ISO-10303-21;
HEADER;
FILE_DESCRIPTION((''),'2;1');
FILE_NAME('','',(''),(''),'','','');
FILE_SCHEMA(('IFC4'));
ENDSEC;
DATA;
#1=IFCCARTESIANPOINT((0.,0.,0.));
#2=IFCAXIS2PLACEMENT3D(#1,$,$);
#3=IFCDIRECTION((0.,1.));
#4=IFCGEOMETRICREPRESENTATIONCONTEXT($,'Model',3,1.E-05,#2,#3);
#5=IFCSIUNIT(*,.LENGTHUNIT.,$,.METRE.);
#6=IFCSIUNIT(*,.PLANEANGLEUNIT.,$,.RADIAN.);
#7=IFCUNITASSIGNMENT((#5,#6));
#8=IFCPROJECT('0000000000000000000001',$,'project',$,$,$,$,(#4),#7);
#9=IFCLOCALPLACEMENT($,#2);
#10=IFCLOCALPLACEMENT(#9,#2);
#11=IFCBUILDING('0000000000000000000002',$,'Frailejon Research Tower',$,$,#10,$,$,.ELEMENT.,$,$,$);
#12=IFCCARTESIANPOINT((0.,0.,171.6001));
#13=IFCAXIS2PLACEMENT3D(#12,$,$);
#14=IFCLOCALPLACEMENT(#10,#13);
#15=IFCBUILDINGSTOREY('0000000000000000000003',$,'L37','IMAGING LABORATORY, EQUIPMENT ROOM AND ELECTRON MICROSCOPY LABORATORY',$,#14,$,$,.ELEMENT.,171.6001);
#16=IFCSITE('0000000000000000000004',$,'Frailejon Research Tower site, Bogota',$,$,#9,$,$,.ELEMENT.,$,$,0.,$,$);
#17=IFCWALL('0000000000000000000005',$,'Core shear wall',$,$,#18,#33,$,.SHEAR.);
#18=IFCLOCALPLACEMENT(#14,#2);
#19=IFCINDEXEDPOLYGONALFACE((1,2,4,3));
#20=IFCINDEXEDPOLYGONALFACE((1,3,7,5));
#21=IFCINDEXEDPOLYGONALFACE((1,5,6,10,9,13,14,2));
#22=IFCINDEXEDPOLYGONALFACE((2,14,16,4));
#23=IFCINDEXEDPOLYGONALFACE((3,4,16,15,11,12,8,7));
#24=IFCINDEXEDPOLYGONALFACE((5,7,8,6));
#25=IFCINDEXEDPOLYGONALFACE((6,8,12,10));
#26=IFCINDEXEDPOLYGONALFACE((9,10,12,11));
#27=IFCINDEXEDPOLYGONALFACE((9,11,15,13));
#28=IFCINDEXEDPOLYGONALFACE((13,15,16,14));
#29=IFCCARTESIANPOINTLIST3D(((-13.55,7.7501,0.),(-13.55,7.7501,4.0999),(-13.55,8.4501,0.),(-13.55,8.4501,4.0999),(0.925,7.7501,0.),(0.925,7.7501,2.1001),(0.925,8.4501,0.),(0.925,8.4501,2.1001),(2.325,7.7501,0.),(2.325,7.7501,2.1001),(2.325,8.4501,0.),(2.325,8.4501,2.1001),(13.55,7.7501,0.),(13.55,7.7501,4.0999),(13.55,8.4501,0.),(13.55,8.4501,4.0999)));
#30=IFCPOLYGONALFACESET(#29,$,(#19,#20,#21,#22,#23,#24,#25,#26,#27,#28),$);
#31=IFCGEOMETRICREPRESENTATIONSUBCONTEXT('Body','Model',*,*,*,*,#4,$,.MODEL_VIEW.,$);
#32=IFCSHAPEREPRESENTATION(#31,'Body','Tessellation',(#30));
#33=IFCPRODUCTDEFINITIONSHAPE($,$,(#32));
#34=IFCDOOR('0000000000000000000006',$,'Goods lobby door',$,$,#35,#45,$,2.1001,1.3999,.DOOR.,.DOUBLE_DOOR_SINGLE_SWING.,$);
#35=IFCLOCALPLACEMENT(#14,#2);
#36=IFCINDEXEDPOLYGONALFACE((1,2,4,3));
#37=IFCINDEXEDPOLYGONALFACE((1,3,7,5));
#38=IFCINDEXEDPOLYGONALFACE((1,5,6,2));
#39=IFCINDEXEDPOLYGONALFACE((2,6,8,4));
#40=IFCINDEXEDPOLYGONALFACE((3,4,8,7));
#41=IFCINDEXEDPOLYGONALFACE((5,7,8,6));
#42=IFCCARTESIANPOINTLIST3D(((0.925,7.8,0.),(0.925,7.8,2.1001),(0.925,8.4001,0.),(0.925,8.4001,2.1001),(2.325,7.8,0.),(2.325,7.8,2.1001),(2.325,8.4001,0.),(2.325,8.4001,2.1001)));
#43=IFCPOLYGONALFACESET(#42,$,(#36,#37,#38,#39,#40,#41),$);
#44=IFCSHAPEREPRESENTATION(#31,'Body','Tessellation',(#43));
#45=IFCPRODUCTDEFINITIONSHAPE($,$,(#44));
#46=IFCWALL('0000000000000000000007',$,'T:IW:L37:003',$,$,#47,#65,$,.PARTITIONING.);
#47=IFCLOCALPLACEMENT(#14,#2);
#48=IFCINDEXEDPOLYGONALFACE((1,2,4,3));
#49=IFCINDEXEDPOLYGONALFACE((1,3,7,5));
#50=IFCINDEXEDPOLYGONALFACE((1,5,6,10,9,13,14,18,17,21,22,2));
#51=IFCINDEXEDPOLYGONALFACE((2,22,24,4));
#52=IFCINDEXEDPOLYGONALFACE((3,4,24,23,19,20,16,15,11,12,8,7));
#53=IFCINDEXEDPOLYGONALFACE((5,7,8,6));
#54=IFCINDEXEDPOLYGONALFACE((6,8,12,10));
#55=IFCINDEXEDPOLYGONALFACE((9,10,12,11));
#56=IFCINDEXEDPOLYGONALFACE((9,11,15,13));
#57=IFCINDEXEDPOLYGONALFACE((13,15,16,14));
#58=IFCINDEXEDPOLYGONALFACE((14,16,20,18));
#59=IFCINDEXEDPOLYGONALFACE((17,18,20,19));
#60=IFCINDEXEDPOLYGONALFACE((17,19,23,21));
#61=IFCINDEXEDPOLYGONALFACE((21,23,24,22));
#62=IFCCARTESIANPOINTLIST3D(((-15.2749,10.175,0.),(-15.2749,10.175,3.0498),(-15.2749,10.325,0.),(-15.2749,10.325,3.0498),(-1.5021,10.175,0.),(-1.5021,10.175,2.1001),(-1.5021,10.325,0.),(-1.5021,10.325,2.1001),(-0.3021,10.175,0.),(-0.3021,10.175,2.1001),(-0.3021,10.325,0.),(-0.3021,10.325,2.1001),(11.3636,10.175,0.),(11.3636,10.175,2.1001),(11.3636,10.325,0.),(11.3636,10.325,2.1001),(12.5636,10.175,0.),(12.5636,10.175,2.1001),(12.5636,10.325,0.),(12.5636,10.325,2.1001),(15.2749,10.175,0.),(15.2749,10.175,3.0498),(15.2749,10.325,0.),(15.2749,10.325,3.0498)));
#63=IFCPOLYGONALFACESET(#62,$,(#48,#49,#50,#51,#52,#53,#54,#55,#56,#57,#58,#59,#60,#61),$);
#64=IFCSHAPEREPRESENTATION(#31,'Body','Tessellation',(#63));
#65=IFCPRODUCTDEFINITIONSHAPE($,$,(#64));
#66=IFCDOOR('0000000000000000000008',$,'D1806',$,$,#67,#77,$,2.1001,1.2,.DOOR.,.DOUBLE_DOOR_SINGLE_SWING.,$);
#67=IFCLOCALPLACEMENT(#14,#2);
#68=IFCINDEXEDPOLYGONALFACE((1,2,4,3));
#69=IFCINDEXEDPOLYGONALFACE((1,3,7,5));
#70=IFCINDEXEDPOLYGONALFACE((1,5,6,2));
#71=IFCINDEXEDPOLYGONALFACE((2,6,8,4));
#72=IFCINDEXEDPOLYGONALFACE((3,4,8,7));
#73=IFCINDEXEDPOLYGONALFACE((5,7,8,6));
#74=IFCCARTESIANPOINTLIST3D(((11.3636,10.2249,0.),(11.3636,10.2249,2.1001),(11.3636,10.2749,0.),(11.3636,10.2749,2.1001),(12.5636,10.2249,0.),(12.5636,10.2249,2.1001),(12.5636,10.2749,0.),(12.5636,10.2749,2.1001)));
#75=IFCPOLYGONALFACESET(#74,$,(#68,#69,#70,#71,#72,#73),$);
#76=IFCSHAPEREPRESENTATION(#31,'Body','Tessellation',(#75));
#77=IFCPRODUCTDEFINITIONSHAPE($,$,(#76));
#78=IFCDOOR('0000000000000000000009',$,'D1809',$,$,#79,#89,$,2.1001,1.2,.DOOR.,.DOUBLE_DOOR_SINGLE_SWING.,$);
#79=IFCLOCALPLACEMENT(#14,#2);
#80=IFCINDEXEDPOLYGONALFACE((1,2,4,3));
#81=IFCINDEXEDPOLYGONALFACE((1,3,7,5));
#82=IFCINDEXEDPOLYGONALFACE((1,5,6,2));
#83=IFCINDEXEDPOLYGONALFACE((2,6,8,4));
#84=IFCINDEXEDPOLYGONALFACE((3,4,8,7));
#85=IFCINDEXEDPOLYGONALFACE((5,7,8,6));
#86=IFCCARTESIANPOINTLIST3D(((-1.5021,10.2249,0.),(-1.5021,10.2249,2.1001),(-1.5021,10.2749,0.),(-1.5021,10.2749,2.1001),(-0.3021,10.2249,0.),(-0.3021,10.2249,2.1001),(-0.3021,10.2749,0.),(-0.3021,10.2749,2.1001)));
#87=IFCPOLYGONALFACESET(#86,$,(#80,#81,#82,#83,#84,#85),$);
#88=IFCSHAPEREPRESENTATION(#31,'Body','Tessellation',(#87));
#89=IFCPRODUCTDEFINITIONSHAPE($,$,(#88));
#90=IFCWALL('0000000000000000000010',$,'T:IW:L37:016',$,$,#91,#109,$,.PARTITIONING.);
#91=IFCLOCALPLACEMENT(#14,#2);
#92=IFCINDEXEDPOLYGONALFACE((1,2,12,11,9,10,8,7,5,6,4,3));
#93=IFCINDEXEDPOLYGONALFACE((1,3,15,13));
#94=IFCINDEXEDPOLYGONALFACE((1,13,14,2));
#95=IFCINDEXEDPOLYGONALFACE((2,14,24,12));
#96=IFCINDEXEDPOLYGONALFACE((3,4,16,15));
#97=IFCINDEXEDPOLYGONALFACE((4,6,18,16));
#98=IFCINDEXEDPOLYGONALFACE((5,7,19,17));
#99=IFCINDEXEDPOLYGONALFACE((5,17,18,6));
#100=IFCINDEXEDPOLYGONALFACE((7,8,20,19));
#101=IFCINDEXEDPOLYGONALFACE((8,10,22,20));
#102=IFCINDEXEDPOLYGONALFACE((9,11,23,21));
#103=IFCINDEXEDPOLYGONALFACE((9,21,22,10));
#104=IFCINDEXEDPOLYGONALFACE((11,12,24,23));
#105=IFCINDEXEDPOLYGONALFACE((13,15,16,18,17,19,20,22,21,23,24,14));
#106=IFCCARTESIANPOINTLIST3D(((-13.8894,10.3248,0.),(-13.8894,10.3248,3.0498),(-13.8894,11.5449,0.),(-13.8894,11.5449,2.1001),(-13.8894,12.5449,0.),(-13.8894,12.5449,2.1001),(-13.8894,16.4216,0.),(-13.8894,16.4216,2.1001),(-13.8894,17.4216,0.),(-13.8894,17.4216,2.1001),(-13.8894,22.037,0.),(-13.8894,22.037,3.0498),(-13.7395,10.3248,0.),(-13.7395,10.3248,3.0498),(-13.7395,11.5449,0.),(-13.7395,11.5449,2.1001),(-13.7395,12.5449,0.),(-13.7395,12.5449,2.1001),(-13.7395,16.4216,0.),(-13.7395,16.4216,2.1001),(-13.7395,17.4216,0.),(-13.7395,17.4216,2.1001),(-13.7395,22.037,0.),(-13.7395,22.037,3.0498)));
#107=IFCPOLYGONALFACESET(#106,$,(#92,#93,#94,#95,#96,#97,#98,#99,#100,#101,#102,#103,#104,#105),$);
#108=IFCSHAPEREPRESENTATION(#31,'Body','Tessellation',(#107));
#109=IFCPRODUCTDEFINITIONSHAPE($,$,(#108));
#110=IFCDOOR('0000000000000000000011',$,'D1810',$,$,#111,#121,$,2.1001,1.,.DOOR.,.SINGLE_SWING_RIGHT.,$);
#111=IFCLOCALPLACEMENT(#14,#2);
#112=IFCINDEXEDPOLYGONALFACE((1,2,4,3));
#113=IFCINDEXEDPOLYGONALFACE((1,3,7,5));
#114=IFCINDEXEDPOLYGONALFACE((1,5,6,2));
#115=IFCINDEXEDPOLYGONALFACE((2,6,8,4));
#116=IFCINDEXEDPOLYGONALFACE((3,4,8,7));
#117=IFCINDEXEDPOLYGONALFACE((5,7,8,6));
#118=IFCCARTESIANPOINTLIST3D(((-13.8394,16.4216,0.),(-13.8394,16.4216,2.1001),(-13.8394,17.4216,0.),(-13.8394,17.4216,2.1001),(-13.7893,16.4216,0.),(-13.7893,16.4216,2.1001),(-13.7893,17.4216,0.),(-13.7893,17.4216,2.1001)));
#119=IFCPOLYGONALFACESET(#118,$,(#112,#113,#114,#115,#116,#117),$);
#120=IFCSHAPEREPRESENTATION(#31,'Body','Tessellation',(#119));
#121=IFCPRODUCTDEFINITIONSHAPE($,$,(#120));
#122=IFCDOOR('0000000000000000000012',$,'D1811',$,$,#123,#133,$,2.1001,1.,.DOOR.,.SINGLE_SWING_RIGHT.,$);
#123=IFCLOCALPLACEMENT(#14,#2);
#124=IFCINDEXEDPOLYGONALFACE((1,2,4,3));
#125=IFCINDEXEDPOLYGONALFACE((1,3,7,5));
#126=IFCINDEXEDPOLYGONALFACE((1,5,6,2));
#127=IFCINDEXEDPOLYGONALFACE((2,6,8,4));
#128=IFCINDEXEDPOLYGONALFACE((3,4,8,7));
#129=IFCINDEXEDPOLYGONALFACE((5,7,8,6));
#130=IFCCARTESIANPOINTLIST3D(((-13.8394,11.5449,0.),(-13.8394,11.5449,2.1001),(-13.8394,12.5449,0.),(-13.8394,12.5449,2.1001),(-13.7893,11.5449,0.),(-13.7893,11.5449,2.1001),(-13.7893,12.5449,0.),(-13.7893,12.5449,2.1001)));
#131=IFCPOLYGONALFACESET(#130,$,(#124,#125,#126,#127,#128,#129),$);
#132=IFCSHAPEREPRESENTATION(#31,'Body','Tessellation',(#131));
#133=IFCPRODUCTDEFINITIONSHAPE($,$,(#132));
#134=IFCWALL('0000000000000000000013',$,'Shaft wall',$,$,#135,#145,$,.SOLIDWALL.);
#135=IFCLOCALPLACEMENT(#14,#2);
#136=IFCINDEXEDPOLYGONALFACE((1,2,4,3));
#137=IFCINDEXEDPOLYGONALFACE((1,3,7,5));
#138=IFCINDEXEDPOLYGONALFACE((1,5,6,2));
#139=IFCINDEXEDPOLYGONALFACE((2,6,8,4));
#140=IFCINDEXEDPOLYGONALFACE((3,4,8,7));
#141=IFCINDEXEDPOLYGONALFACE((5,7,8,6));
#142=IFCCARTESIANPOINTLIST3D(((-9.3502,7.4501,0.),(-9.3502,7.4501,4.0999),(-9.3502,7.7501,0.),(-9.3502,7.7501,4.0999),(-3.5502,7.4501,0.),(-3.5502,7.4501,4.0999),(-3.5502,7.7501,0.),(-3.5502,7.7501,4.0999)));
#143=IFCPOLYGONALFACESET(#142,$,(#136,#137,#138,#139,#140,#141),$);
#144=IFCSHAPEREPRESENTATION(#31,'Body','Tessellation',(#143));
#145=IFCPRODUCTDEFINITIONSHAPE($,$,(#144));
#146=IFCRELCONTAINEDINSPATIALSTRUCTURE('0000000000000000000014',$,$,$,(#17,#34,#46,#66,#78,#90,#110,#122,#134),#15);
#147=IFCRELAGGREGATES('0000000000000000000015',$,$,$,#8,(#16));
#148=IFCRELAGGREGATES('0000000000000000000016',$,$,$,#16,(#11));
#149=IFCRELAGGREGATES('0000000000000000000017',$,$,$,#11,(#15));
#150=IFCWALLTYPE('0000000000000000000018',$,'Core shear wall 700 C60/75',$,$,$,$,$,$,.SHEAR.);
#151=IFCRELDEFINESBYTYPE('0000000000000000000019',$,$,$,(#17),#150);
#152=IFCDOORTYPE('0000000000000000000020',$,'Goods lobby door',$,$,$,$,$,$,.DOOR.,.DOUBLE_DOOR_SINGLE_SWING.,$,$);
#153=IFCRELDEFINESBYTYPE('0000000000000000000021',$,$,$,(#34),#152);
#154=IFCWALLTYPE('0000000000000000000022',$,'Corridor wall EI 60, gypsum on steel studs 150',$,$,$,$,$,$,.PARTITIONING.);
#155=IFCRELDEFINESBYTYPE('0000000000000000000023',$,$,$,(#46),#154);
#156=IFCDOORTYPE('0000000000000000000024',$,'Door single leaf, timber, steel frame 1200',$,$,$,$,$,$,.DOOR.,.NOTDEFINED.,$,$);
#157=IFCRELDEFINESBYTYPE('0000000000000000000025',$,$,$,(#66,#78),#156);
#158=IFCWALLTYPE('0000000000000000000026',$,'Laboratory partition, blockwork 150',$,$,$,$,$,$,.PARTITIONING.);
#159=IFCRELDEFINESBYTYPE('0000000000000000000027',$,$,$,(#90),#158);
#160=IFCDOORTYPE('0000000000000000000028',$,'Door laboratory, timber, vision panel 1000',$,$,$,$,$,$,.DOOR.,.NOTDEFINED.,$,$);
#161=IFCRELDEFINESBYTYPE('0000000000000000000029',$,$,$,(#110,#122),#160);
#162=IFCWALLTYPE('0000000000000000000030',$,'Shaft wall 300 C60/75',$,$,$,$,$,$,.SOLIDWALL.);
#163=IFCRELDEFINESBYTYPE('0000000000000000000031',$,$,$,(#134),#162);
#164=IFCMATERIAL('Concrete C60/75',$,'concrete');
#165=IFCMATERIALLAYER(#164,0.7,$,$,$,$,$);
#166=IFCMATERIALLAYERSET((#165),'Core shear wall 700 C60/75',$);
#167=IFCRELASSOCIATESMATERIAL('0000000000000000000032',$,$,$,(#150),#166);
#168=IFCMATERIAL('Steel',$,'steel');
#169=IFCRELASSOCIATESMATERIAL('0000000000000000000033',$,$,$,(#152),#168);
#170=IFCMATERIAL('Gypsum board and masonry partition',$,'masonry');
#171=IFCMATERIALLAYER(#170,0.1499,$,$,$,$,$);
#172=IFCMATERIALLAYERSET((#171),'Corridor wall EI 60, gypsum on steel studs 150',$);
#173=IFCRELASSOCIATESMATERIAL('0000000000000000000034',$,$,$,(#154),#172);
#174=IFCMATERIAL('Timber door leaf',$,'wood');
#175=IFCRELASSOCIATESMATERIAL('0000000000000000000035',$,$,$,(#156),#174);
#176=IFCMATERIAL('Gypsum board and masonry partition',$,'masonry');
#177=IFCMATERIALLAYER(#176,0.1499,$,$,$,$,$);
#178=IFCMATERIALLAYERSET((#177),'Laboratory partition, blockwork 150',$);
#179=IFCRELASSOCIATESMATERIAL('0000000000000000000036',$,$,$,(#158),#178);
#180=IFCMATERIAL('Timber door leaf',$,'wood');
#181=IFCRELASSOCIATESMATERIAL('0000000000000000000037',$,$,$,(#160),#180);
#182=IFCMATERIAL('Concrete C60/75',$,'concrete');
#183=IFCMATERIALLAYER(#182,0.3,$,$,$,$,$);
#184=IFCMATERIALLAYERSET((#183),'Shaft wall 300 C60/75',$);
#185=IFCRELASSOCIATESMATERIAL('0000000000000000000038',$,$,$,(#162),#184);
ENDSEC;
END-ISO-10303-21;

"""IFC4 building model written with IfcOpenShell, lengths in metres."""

from ifc_helpers import new_model, si_unit, direction, frame, frame_2d, origin, place, context, subcontext, project, spatial, rectangle, extrude, material, layer, layer_set, type_object, element, fill, save


model = new_model("IFC4")

# Units and contexts
model_context = context("Model", 3, precision=1e-05, world=origin(), true_north=direction((0.0, 1.0)))
body_context = subcontext(model_context, "Body", "Model", "MODEL_VIEW")
ifc_project = project(units=[si_unit("LENGTHUNIT", "METRE"), si_unit("PLANEANGLEUNIT", "RADIAN")], contexts=[model_context])

# Site, building, storey
site_placement = place(None, origin())
site = spatial("IfcSite", under=ifc_project, at=site_placement, Name="Frailejon Research Tower site, Bogota", CompositionType="ELEMENT", RefElevation=0.0)
building_placement = place(site_placement, origin())
building = spatial("IfcBuilding", under=site, at=building_placement, Name="Frailejon Research Tower", CompositionType="ELEMENT")
storey_placement = place(building_placement, frame((0.0, 0.0, 171.6001)))
storey = spatial("IfcBuildingStorey", under=building, at=storey_placement, Name="L37", Description="IMAGING LABORATORY, EQUIPMENT ROOM AND ELECTRON MICROSCOPY LABORATORY", CompositionType="ELEMENT", Elevation=171.6001)

# Wall, opening, door
ifc_material_1 = material(Name="Concrete C60/75", Category="concrete")
ifc_layer_1 = layer(ifc_material_1, 0.7)
ifc_layer_set_1 = layer_set([ifc_layer_1], Name="Core shear wall 700 C60/75")
wall_type_1 = type_object("IfcWallType", Name="Core shear wall 700 C60/75", PredefinedType="SHEAR", material=ifc_layer_set_1)
wall_1_placement = place(storey_placement, frame((-13.55, 8.1001, 0.0), z_axis=(0.0, 0.0, 1.0), x_axis=(1.0, 0.0, 0.0)))
wall_1 = element("IfcWall", 1, at=wall_1_placement, inside=storey, type_object=wall_type_1, Name="Core shear wall", PredefinedType="SHEAR", context=body_context, shape_type="SweptSolid", body=[
    extrude(rectangle(XDim=27.1001, YDim=0.7, at=frame_2d((13.55, 0.0))), origin(), (0.0, 0.0, 1.0), 4.0999),
])
opening_1_placement = place(wall_1_placement, frame((14.4751, 0.0, 0.0)))
opening_1 = element("IfcOpeningElement", 2, at=opening_1_placement, cuts=wall_1, PredefinedType="OPENING", context=body_context, shape_type="SweptSolid", body=[
    extrude(rectangle(XDim=1.3999, YDim=2.1001, at=frame_2d((0.7, 1.05))), frame((0.0, 0.3599, 0.0), z_axis=(0.0, -1.0, 0.0), x_axis=(1.0, 0.0, 0.0)), (0.0, 0.0, 1.0), 0.72),
])
ifc_material_2 = material(Name="Steel", Category="steel")
door_type_1 = type_object("IfcDoorType", Name="Goods lobby door", OperationType="DOUBLE_DOOR_SINGLE_SWING", PredefinedType="DOOR", material=ifc_material_2)
door_1_placement = place(opening_1_placement, origin())
door_1 = element("IfcDoor", 3, at=door_1_placement, inside=storey, type_object=door_type_1, Name="Goods lobby door", OperationType="DOUBLE_DOOR_SINGLE_SWING", OverallHeight=2.1001, OverallWidth=1.3999, PredefinedType="DOOR", context=body_context, shape_type="SweptSolid", body=[
    extrude(rectangle(XDim=1.3999, YDim=2.1001, at=frame_2d((0.7, 1.05))), frame((0.0, 0.3, 0.0), z_axis=(0.0, -1.0, 0.0), x_axis=(1.0, 0.0, 0.0)), (0.0, 0.0, 1.0), 0.6001),
])
fill(opening_1, door_1)

# Walls, openings, doors
ifc_material_3 = material(Name="Gypsum board and masonry partition", Category="masonry")
ifc_layer_2 = layer(ifc_material_3, 0.1499)
ifc_layer_set_2 = layer_set([ifc_layer_2], Name="Corridor wall EI 60, gypsum on steel studs 150")
wall_type_2 = type_object("IfcWallType", Name="Corridor wall EI 60, gypsum on steel studs 150", PredefinedType="PARTITIONING", material=ifc_layer_set_2)
wall_2_placement = place(storey_placement, frame((-15.2749, 10.25, 0.0), z_axis=(0.0, 0.0, 1.0), x_axis=(1.0, 0.0, 0.0)))
wall_2 = element("IfcWall", 4, at=wall_2_placement, inside=storey, type_object=wall_type_2, Name="T:IW:L37:003", PredefinedType="PARTITIONING", context=body_context, shape_type="SweptSolid", body=[
    extrude(rectangle(XDim=30.5498, YDim=0.1499, at=frame_2d((15.2749, 0.0))), origin(), (0.0, 0.0, 1.0), 3.0498),
])
opening_2_placement = place(wall_2_placement, frame((26.6384, 0.0, 0.0)))
opening_2 = element("IfcOpeningElement", 5, at=opening_2_placement, cuts=wall_2, PredefinedType="OPENING", context=body_context, shape_type="SweptSolid", body=[
    extrude(rectangle(XDim=1.2, YDim=2.1001, at=frame_2d((0.6001, 1.05))), frame((0.0, 0.085, 0.0), z_axis=(0.0, -1.0, 0.0), x_axis=(1.0, 0.0, 0.0)), (0.0, 0.0, 1.0), 0.1699),
])
opening_3_placement = place(wall_2_placement, frame((13.7727, 0.0, 0.0)))
opening_3 = element("IfcOpeningElement", 6, at=opening_3_placement, cuts=wall_2, PredefinedType="OPENING", context=body_context, shape_type="SweptSolid", body=[
    extrude(rectangle(XDim=1.2, YDim=2.1001, at=frame_2d((0.6001, 1.05))), frame((0.0, 0.085, 0.0), z_axis=(0.0, -1.0, 0.0), x_axis=(1.0, 0.0, 0.0)), (0.0, 0.0, 1.0), 0.1699),
])
ifc_material_4 = material(Name="Timber door leaf", Category="wood")
door_type_2 = type_object("IfcDoorType", Name="Door single leaf, timber, steel frame 1200", OperationType="NOTDEFINED", PredefinedType="DOOR", material=ifc_material_4)
door_2_placement = place(opening_2_placement, origin())
door_2 = element("IfcDoor", 7, at=door_2_placement, inside=storey, type_object=door_type_2, Name="D1806", OperationType="DOUBLE_DOOR_SINGLE_SWING", OverallHeight=2.1001, OverallWidth=1.2, PredefinedType="DOOR", context=body_context, shape_type="SweptSolid", body=[
    extrude(rectangle(XDim=1.2, YDim=2.1001, at=frame_2d((0.6001, 1.05))), frame((0.0, 0.0249, 0.0), z_axis=(0.0, -1.0, 0.0), x_axis=(1.0, 0.0, 0.0)), (0.0, 0.0, 1.0), 0.05),
])
fill(opening_2, door_2)
door_3_placement = place(opening_3_placement, origin())
door_3 = element("IfcDoor", 8, at=door_3_placement, inside=storey, type_object=door_type_2, Name="D1809", OperationType="DOUBLE_DOOR_SINGLE_SWING", OverallHeight=2.1001, OverallWidth=1.2, PredefinedType="DOOR", context=body_context, shape_type="SweptSolid", body=[
    extrude(rectangle(XDim=1.2, YDim=2.1001, at=frame_2d((0.6001, 1.05))), frame((0.0, 0.0249, 0.0), z_axis=(0.0, -1.0, 0.0), x_axis=(1.0, 0.0, 0.0)), (0.0, 0.0, 1.0), 0.05),
])
fill(opening_3, door_3)
ifc_material_5 = material(Name="Gypsum board and masonry partition", Category="masonry")
ifc_layer_3 = layer(ifc_material_5, 0.1499)
ifc_layer_set_3 = layer_set([ifc_layer_3], Name="Laboratory partition, blockwork 150")
wall_type_3 = type_object("IfcWallType", Name="Laboratory partition, blockwork 150", PredefinedType="PARTITIONING", material=ifc_layer_set_3)
wall_3_placement = place(storey_placement, frame((-13.8145, 10.325, 0.0), z_axis=(0.0, 0.0, 1.0), x_axis=(0.0, 1.0, 0.0)))
wall_3 = element("IfcWall", 9, at=wall_3_placement, inside=storey, type_object=wall_type_3, Name="T:IW:L37:016", PredefinedType="PARTITIONING", context=body_context, shape_type="SweptSolid", body=[
    extrude(rectangle(XDim=11.7122, YDim=0.1499, at=frame_2d((5.856, 0.0))), origin(), (0.0, 0.0, 1.0), 3.0498),
])
opening_4_placement = place(wall_3_placement, frame((6.0967, 0.0, 0.0)))
opening_4 = element("IfcOpeningElement", 10, at=opening_4_placement, cuts=wall_3, PredefinedType="OPENING", context=body_context, shape_type="SweptSolid", body=[
    extrude(rectangle(XDim=1.0, YDim=2.1001, at=frame_2d((0.5, 1.05))), frame((0.0, 0.085, 0.0), z_axis=(0.0, -1.0, 0.0), x_axis=(1.0, 0.0, 0.0)), (0.0, 0.0, 1.0), 0.1699),
])
opening_5_placement = place(wall_3_placement, frame((1.22, 0.0, 0.0)))
opening_5 = element("IfcOpeningElement", 11, at=opening_5_placement, cuts=wall_3, PredefinedType="OPENING", context=body_context, shape_type="SweptSolid", body=[
    extrude(rectangle(XDim=1.0, YDim=2.1001, at=frame_2d((0.5, 1.05))), frame((0.0, 0.085, 0.0), z_axis=(0.0, -1.0, 0.0), x_axis=(1.0, 0.0, 0.0)), (0.0, 0.0, 1.0), 0.1699),
])
ifc_material_6 = material(Name="Timber door leaf", Category="wood")
door_type_3 = type_object("IfcDoorType", Name="Door laboratory, timber, vision panel 1000", OperationType="NOTDEFINED", PredefinedType="DOOR", material=ifc_material_6)
door_4_placement = place(opening_4_placement, origin())
door_4 = element("IfcDoor", 12, at=door_4_placement, inside=storey, type_object=door_type_3, Name="D1810", OperationType="SINGLE_SWING_RIGHT", OverallHeight=2.1001, OverallWidth=1.0, PredefinedType="DOOR", context=body_context, shape_type="SweptSolid", body=[
    extrude(rectangle(XDim=1.0, YDim=2.1001, at=frame_2d((0.5, 1.05))), frame((0.0, 0.0249, 0.0), z_axis=(0.0, -1.0, 0.0), x_axis=(1.0, 0.0, 0.0)), (0.0, 0.0, 1.0), 0.05),
])
fill(opening_4, door_4)
door_5_placement = place(opening_5_placement, origin())
door_5 = element("IfcDoor", 13, at=door_5_placement, inside=storey, type_object=door_type_3, Name="D1811", OperationType="SINGLE_SWING_RIGHT", OverallHeight=2.1001, OverallWidth=1.0, PredefinedType="DOOR", context=body_context, shape_type="SweptSolid", body=[
    extrude(rectangle(XDim=1.0, YDim=2.1001, at=frame_2d((0.5, 1.05))), frame((0.0, 0.0249, 0.0), z_axis=(0.0, -1.0, 0.0), x_axis=(1.0, 0.0, 0.0)), (0.0, 0.0, 1.0), 0.05),
])
fill(opening_5, door_5)

# Wall
ifc_material_7 = material(Name="Concrete C60/75", Category="concrete")
ifc_layer_4 = layer(ifc_material_7, 0.3)
ifc_layer_set_4 = layer_set([ifc_layer_4], Name="Shaft wall 300 C60/75")
wall_type_4 = type_object("IfcWallType", Name="Shaft wall 300 C60/75", PredefinedType="SOLIDWALL", material=ifc_layer_set_4)
wall_4_placement = place(storey_placement, frame((-9.3501, 7.6001, 0.0), z_axis=(0.0, 0.0, 1.0), x_axis=(1.0, 0.0, 0.0)))
element("IfcWall", 14, at=wall_4_placement, inside=storey, type_object=wall_type_4, Name="Shaft wall", PredefinedType="SOLIDWALL", context=body_context, shape_type="SweptSolid", body=[
    extrude(rectangle(XDim=5.8, YDim=0.3, at=frame_2d((2.8999, 0.0))), origin(), (0.0, 0.0, 1.0), 4.0999),
])

save(model, "model.ifc")
